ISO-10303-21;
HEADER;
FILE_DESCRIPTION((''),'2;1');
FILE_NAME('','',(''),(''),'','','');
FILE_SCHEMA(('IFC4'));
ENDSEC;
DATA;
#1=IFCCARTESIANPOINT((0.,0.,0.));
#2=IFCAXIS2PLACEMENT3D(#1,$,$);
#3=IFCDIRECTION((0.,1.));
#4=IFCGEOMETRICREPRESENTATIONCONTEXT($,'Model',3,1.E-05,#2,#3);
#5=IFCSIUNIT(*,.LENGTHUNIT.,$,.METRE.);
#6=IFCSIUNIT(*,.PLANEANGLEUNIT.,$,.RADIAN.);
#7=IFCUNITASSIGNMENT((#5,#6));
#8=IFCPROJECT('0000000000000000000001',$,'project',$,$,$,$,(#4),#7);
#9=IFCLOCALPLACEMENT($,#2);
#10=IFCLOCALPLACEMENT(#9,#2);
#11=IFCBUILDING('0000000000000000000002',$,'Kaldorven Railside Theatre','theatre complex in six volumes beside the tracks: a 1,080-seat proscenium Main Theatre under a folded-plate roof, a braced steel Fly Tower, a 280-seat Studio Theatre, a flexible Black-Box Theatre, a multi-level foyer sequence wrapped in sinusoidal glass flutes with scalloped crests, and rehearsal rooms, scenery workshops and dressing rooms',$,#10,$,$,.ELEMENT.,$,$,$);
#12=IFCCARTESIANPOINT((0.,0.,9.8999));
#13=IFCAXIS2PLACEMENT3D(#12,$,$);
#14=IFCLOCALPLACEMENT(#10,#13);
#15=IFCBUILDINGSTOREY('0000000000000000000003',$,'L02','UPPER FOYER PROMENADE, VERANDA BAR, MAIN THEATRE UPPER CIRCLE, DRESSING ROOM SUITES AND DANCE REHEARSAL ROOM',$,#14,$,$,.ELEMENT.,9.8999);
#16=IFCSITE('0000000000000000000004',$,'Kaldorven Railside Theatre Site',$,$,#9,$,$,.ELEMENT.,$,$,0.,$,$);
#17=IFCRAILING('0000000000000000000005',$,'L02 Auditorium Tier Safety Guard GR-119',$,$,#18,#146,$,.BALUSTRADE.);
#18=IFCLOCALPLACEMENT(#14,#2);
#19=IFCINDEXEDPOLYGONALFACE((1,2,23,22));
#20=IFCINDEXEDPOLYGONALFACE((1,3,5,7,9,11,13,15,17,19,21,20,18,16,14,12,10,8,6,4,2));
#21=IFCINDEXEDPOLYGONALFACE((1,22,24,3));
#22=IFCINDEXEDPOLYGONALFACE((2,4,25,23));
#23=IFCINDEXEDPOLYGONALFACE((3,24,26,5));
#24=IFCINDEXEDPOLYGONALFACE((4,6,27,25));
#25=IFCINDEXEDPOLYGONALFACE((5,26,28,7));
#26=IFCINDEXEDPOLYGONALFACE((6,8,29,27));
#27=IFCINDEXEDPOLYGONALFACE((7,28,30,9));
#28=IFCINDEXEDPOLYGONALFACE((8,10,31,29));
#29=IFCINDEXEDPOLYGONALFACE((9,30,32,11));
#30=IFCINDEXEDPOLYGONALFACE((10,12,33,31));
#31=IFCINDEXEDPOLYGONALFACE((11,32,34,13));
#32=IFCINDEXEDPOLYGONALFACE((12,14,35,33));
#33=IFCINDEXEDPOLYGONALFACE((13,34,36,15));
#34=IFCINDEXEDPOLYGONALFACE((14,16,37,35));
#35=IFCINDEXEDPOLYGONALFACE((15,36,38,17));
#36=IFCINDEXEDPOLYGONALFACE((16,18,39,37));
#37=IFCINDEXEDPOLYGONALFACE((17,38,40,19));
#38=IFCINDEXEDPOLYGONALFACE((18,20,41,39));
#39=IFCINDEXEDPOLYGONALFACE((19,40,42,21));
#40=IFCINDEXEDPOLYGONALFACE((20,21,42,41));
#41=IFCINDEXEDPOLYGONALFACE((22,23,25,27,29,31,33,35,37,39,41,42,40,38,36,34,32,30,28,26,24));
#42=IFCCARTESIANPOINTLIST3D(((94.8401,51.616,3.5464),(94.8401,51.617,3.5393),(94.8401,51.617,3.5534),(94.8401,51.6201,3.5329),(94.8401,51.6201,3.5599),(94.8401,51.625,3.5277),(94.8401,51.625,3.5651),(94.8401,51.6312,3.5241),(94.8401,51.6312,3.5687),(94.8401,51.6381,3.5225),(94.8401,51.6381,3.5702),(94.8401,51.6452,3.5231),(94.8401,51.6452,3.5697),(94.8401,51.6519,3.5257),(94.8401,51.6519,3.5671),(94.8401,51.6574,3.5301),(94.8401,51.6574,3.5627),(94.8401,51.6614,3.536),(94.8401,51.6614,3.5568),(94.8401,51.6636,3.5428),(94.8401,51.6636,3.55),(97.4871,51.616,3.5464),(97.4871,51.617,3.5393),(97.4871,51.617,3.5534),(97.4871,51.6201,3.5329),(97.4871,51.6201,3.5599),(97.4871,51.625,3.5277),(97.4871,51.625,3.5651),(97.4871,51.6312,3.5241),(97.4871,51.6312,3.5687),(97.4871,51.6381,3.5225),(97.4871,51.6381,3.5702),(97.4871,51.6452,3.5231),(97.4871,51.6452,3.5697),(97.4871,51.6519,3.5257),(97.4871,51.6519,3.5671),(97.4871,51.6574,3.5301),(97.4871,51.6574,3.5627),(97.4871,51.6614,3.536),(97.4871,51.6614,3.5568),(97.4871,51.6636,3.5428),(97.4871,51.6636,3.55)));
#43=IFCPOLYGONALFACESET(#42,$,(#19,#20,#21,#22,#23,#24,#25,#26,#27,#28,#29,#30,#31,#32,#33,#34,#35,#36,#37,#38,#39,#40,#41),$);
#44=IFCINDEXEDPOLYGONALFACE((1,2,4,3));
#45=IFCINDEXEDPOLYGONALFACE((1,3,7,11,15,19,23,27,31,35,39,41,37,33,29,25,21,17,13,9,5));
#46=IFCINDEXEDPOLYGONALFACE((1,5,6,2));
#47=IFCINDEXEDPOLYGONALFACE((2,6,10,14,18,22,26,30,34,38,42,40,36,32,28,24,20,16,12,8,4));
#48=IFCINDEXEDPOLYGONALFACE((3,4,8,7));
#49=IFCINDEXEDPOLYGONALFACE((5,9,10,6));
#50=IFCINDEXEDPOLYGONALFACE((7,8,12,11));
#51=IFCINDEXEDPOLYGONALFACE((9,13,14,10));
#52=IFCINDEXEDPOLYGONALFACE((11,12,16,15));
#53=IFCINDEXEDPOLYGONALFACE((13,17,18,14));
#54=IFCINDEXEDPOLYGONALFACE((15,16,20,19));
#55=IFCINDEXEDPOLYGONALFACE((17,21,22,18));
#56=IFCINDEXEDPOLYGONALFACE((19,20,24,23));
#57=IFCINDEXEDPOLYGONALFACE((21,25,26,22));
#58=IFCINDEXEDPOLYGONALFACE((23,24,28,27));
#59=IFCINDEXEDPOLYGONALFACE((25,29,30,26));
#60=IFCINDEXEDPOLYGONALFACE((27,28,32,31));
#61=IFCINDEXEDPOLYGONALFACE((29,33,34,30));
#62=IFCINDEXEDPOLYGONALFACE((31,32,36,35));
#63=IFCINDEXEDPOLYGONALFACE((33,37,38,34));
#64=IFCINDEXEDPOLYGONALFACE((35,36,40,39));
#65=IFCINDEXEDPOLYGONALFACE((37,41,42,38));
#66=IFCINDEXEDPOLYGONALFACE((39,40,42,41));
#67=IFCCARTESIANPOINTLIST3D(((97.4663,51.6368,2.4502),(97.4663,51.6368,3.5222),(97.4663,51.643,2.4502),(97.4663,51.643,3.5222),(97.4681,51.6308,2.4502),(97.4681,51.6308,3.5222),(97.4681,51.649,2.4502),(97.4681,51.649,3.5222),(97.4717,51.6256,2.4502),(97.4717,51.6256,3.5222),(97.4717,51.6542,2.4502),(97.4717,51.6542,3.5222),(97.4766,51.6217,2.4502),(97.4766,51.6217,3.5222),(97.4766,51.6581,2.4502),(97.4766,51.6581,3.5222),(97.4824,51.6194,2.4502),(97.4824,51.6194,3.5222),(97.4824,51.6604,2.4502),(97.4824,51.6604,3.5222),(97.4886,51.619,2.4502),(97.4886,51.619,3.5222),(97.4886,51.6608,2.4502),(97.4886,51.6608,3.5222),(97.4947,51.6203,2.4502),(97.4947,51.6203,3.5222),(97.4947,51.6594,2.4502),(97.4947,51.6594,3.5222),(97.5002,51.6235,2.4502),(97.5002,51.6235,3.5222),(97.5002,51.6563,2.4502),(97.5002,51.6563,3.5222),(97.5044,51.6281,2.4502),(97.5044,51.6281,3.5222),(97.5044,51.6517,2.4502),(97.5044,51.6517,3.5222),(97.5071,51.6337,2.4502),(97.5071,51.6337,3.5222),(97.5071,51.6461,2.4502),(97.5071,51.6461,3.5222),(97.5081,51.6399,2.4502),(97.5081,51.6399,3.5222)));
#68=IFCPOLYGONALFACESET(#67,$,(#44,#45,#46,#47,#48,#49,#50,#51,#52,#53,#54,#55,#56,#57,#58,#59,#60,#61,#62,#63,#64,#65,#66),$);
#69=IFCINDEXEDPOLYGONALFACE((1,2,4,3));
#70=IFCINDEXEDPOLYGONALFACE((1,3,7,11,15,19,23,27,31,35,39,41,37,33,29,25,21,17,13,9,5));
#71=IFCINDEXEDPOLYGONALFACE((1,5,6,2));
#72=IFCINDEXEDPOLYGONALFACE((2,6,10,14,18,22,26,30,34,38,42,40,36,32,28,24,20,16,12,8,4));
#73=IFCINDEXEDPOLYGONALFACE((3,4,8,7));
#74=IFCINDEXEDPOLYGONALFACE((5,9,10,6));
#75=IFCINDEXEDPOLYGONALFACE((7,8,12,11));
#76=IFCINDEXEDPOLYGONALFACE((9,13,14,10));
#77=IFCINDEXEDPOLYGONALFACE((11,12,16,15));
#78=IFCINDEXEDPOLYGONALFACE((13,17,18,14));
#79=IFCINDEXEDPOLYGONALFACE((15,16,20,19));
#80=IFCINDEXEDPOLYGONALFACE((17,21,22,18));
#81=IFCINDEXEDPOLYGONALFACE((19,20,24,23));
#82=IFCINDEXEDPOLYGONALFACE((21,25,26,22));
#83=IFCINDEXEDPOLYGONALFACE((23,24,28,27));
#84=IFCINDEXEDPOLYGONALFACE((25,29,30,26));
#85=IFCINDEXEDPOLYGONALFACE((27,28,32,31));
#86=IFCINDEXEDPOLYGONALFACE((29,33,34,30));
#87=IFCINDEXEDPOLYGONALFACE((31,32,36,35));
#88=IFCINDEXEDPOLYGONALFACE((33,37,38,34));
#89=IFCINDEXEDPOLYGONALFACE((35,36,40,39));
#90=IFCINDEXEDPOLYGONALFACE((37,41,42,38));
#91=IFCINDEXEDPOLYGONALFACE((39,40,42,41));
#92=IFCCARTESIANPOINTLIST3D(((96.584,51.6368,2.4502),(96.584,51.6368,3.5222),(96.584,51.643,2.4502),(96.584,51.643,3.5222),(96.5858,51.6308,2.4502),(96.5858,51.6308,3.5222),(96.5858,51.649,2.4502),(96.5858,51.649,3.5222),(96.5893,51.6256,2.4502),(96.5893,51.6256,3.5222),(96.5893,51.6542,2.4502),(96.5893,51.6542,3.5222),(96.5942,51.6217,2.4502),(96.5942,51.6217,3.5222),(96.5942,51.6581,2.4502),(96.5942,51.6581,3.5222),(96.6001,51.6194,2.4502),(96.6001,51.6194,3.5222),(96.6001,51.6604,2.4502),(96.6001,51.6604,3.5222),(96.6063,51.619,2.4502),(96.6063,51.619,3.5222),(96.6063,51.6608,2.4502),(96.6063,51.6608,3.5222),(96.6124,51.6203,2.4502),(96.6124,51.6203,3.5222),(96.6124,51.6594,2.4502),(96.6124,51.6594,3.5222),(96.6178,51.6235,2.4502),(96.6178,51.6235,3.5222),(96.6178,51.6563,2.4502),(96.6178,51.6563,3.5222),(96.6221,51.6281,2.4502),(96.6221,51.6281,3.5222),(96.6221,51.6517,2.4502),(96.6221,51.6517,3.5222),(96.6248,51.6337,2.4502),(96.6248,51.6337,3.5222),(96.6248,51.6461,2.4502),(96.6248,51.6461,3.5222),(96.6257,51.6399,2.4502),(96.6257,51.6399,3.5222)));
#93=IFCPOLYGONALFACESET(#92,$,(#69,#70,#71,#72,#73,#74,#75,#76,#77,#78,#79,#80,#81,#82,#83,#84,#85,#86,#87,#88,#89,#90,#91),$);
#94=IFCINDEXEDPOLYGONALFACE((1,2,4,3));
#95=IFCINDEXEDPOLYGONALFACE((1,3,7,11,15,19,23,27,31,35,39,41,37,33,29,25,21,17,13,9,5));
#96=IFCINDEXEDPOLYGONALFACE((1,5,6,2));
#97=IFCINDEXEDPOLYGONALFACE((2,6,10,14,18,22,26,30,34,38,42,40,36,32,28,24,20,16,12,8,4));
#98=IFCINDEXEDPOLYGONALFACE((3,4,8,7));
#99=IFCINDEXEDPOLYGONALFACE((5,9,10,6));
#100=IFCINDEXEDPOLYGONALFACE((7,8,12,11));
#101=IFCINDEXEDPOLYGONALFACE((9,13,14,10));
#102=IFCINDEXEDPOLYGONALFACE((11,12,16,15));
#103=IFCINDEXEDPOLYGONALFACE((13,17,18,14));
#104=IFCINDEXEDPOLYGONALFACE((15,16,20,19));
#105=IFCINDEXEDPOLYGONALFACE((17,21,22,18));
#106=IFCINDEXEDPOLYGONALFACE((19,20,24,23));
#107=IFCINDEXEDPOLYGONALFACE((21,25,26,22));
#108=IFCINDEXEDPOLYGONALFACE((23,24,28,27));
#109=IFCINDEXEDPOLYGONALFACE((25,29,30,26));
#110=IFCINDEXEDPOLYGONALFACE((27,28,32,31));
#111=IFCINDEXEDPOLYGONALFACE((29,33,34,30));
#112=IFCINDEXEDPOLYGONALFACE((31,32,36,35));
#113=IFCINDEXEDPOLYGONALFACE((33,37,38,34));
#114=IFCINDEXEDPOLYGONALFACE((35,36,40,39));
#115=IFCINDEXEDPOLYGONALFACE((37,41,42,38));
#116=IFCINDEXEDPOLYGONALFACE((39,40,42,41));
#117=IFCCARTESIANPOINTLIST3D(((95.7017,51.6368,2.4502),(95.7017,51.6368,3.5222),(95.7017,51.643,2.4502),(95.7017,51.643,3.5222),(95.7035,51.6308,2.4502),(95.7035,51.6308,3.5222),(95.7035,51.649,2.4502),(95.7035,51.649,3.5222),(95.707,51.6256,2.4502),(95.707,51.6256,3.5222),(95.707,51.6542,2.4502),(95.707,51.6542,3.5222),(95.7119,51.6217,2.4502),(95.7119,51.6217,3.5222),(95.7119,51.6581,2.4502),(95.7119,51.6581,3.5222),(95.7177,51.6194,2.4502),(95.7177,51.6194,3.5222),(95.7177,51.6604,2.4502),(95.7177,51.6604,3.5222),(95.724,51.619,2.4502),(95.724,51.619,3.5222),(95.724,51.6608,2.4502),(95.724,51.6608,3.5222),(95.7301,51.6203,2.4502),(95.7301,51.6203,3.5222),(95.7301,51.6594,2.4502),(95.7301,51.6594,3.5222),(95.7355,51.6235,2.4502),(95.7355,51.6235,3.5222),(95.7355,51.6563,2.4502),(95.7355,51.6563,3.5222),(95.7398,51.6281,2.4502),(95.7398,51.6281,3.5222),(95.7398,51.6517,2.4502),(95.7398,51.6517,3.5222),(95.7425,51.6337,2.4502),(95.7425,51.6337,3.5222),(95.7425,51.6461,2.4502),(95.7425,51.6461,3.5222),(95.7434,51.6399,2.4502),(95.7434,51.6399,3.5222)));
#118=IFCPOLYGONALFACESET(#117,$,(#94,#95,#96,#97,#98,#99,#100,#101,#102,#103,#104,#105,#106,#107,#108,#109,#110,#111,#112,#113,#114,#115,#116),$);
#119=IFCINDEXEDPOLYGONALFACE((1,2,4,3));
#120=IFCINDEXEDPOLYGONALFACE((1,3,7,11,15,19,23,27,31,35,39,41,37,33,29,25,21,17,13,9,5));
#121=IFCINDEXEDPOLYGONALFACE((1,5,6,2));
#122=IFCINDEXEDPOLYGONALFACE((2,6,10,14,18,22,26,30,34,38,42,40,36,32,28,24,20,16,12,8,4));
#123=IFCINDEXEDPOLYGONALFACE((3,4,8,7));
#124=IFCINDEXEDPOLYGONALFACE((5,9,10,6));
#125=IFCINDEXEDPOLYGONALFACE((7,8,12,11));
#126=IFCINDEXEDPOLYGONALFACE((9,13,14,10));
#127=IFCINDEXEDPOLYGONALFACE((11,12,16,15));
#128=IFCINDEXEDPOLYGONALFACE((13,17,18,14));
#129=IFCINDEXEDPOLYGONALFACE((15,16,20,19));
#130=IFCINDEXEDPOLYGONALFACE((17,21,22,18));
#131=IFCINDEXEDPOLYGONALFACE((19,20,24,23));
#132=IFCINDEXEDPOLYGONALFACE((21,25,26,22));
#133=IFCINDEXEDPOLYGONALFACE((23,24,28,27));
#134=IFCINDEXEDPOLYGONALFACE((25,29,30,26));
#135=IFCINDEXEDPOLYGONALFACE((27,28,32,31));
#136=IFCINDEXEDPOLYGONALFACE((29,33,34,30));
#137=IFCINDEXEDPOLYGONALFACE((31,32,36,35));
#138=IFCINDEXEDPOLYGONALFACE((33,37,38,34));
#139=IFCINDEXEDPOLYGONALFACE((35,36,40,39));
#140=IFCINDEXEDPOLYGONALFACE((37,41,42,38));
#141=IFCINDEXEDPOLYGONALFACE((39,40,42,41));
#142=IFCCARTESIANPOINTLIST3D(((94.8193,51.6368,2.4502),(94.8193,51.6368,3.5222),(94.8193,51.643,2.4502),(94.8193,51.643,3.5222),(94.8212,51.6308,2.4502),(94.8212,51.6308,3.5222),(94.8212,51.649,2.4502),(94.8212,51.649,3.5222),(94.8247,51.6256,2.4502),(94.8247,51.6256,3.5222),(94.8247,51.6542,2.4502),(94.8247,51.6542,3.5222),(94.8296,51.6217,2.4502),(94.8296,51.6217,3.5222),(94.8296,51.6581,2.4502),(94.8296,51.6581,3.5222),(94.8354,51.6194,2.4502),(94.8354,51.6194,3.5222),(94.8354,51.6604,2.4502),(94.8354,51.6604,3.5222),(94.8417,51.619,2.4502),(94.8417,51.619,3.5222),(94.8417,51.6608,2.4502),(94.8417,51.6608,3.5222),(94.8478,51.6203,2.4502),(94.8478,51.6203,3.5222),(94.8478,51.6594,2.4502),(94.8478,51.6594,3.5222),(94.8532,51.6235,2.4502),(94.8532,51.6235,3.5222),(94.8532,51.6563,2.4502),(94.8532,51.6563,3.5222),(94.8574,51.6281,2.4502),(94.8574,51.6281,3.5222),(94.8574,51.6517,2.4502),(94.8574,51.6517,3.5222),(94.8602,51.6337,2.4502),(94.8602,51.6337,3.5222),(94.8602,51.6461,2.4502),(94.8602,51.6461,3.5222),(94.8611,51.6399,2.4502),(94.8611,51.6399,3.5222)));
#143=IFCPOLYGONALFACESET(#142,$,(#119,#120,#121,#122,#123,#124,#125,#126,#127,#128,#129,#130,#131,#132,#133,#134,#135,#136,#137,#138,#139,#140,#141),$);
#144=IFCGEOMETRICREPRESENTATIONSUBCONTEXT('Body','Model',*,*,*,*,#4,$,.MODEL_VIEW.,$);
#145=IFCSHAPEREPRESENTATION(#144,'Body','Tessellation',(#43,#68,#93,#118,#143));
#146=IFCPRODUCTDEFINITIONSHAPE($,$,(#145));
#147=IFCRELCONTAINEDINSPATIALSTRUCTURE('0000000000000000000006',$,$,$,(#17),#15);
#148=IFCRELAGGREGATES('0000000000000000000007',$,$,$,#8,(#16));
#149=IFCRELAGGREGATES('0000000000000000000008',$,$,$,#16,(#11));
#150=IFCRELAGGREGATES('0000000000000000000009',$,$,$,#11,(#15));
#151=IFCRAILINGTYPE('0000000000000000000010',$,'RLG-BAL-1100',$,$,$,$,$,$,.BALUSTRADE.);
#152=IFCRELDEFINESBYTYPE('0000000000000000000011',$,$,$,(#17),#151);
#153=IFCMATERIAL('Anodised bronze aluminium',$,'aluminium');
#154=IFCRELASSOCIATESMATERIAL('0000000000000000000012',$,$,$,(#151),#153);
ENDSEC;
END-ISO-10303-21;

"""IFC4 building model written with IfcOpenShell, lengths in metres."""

from ifc_helpers import new_model, si_unit, direction, frame, origin, origin_2d, place, context, subcontext, project, spatial, circle, extrude, material, type_object, element, save


model = new_model("IFC4")

# Units and contexts
model_context = context("Model", 3, precision=1e-05, world=origin(), true_north=direction((0.0, 1.0)))
body_context = subcontext(model_context, "Body", "Model", "MODEL_VIEW")
ifc_project = project(units=[si_unit("LENGTHUNIT", "METRE"), si_unit("PLANEANGLEUNIT", "RADIAN")], contexts=[model_context])

# Site, building, storey
site_placement = place(None, origin())
site = spatial("IfcSite", under=ifc_project, at=site_placement, Name="Kaldorven Railside Theatre Site", CompositionType="ELEMENT", RefElevation=0.0)
building_placement = place(site_placement, origin())
building = spatial("IfcBuilding", under=site, at=building_placement, Name="Kaldorven Railside Theatre", Description="theatre complex in six volumes beside the tracks: a 1,080-seat proscenium Main Theatre under a folded-plate roof, a braced steel Fly Tower, a 280-seat Studio Theatre, a flexible Black-Box Theatre, a multi-level foyer sequence wrapped in sinusoidal glass flutes with scalloped crests, and rehearsal rooms, scenery workshops and dressing rooms", CompositionType="ELEMENT")
storey_placement = place(building_placement, frame((0.0, 0.0, 9.8999)))
storey = spatial("IfcBuildingStorey", under=building, at=storey_placement, Name="L02", Description="UPPER FOYER PROMENADE, VERANDA BAR, MAIN THEATRE UPPER CIRCLE, DRESSING ROOM SUITES AND DANCE REHEARSAL ROOM", CompositionType="ELEMENT", Elevation=9.8999)

# Railing
ifc_material_1 = material(Name="Anodised bronze aluminium", Category="aluminium")
railing_type = type_object("IfcRailingType", Name="RLG-BAL-1100", PredefinedType="BALUSTRADE", material=ifc_material_1)
railing_1_placement = place(storey_placement, frame((97.4871, 51.6399, 2.4502)))
element("IfcRailing", 1, at=railing_1_placement, inside=storey, type_object=railing_type, Name="L02 Auditorium Tier Safety Guard GR-119", PredefinedType="BALUSTRADE", context=body_context, shape_type="SweptSolid", body=[
    extrude(circle(Radius=0.0239, at=origin_2d()), frame((0.0, 0.0, 1.0962), z_axis=(-1.0, 0.0, 0.0), x_axis=(0.0, -1.0, 0.0)), (0.0, 0.0, 1.0), 2.647),
    extrude(circle(Radius=0.021, at=origin_2d()), origin(), (0.0, 0.0, 1.0), 1.072),
    extrude(circle(Radius=0.021, at=origin_2d()), frame((-0.8823, 0.0, 0.0)), (0.0, 0.0, 1.0), 1.072),
    extrude(circle(Radius=0.021, at=origin_2d()), frame((-1.7646, 0.0, 0.0)), (0.0, 0.0, 1.0), 1.072),
    extrude(circle(Radius=0.021, at=origin_2d()), frame((-2.647, 0.0, 0.0)), (0.0, 0.0, 1.0), 1.072),
])

save(model, "model.ifc")
